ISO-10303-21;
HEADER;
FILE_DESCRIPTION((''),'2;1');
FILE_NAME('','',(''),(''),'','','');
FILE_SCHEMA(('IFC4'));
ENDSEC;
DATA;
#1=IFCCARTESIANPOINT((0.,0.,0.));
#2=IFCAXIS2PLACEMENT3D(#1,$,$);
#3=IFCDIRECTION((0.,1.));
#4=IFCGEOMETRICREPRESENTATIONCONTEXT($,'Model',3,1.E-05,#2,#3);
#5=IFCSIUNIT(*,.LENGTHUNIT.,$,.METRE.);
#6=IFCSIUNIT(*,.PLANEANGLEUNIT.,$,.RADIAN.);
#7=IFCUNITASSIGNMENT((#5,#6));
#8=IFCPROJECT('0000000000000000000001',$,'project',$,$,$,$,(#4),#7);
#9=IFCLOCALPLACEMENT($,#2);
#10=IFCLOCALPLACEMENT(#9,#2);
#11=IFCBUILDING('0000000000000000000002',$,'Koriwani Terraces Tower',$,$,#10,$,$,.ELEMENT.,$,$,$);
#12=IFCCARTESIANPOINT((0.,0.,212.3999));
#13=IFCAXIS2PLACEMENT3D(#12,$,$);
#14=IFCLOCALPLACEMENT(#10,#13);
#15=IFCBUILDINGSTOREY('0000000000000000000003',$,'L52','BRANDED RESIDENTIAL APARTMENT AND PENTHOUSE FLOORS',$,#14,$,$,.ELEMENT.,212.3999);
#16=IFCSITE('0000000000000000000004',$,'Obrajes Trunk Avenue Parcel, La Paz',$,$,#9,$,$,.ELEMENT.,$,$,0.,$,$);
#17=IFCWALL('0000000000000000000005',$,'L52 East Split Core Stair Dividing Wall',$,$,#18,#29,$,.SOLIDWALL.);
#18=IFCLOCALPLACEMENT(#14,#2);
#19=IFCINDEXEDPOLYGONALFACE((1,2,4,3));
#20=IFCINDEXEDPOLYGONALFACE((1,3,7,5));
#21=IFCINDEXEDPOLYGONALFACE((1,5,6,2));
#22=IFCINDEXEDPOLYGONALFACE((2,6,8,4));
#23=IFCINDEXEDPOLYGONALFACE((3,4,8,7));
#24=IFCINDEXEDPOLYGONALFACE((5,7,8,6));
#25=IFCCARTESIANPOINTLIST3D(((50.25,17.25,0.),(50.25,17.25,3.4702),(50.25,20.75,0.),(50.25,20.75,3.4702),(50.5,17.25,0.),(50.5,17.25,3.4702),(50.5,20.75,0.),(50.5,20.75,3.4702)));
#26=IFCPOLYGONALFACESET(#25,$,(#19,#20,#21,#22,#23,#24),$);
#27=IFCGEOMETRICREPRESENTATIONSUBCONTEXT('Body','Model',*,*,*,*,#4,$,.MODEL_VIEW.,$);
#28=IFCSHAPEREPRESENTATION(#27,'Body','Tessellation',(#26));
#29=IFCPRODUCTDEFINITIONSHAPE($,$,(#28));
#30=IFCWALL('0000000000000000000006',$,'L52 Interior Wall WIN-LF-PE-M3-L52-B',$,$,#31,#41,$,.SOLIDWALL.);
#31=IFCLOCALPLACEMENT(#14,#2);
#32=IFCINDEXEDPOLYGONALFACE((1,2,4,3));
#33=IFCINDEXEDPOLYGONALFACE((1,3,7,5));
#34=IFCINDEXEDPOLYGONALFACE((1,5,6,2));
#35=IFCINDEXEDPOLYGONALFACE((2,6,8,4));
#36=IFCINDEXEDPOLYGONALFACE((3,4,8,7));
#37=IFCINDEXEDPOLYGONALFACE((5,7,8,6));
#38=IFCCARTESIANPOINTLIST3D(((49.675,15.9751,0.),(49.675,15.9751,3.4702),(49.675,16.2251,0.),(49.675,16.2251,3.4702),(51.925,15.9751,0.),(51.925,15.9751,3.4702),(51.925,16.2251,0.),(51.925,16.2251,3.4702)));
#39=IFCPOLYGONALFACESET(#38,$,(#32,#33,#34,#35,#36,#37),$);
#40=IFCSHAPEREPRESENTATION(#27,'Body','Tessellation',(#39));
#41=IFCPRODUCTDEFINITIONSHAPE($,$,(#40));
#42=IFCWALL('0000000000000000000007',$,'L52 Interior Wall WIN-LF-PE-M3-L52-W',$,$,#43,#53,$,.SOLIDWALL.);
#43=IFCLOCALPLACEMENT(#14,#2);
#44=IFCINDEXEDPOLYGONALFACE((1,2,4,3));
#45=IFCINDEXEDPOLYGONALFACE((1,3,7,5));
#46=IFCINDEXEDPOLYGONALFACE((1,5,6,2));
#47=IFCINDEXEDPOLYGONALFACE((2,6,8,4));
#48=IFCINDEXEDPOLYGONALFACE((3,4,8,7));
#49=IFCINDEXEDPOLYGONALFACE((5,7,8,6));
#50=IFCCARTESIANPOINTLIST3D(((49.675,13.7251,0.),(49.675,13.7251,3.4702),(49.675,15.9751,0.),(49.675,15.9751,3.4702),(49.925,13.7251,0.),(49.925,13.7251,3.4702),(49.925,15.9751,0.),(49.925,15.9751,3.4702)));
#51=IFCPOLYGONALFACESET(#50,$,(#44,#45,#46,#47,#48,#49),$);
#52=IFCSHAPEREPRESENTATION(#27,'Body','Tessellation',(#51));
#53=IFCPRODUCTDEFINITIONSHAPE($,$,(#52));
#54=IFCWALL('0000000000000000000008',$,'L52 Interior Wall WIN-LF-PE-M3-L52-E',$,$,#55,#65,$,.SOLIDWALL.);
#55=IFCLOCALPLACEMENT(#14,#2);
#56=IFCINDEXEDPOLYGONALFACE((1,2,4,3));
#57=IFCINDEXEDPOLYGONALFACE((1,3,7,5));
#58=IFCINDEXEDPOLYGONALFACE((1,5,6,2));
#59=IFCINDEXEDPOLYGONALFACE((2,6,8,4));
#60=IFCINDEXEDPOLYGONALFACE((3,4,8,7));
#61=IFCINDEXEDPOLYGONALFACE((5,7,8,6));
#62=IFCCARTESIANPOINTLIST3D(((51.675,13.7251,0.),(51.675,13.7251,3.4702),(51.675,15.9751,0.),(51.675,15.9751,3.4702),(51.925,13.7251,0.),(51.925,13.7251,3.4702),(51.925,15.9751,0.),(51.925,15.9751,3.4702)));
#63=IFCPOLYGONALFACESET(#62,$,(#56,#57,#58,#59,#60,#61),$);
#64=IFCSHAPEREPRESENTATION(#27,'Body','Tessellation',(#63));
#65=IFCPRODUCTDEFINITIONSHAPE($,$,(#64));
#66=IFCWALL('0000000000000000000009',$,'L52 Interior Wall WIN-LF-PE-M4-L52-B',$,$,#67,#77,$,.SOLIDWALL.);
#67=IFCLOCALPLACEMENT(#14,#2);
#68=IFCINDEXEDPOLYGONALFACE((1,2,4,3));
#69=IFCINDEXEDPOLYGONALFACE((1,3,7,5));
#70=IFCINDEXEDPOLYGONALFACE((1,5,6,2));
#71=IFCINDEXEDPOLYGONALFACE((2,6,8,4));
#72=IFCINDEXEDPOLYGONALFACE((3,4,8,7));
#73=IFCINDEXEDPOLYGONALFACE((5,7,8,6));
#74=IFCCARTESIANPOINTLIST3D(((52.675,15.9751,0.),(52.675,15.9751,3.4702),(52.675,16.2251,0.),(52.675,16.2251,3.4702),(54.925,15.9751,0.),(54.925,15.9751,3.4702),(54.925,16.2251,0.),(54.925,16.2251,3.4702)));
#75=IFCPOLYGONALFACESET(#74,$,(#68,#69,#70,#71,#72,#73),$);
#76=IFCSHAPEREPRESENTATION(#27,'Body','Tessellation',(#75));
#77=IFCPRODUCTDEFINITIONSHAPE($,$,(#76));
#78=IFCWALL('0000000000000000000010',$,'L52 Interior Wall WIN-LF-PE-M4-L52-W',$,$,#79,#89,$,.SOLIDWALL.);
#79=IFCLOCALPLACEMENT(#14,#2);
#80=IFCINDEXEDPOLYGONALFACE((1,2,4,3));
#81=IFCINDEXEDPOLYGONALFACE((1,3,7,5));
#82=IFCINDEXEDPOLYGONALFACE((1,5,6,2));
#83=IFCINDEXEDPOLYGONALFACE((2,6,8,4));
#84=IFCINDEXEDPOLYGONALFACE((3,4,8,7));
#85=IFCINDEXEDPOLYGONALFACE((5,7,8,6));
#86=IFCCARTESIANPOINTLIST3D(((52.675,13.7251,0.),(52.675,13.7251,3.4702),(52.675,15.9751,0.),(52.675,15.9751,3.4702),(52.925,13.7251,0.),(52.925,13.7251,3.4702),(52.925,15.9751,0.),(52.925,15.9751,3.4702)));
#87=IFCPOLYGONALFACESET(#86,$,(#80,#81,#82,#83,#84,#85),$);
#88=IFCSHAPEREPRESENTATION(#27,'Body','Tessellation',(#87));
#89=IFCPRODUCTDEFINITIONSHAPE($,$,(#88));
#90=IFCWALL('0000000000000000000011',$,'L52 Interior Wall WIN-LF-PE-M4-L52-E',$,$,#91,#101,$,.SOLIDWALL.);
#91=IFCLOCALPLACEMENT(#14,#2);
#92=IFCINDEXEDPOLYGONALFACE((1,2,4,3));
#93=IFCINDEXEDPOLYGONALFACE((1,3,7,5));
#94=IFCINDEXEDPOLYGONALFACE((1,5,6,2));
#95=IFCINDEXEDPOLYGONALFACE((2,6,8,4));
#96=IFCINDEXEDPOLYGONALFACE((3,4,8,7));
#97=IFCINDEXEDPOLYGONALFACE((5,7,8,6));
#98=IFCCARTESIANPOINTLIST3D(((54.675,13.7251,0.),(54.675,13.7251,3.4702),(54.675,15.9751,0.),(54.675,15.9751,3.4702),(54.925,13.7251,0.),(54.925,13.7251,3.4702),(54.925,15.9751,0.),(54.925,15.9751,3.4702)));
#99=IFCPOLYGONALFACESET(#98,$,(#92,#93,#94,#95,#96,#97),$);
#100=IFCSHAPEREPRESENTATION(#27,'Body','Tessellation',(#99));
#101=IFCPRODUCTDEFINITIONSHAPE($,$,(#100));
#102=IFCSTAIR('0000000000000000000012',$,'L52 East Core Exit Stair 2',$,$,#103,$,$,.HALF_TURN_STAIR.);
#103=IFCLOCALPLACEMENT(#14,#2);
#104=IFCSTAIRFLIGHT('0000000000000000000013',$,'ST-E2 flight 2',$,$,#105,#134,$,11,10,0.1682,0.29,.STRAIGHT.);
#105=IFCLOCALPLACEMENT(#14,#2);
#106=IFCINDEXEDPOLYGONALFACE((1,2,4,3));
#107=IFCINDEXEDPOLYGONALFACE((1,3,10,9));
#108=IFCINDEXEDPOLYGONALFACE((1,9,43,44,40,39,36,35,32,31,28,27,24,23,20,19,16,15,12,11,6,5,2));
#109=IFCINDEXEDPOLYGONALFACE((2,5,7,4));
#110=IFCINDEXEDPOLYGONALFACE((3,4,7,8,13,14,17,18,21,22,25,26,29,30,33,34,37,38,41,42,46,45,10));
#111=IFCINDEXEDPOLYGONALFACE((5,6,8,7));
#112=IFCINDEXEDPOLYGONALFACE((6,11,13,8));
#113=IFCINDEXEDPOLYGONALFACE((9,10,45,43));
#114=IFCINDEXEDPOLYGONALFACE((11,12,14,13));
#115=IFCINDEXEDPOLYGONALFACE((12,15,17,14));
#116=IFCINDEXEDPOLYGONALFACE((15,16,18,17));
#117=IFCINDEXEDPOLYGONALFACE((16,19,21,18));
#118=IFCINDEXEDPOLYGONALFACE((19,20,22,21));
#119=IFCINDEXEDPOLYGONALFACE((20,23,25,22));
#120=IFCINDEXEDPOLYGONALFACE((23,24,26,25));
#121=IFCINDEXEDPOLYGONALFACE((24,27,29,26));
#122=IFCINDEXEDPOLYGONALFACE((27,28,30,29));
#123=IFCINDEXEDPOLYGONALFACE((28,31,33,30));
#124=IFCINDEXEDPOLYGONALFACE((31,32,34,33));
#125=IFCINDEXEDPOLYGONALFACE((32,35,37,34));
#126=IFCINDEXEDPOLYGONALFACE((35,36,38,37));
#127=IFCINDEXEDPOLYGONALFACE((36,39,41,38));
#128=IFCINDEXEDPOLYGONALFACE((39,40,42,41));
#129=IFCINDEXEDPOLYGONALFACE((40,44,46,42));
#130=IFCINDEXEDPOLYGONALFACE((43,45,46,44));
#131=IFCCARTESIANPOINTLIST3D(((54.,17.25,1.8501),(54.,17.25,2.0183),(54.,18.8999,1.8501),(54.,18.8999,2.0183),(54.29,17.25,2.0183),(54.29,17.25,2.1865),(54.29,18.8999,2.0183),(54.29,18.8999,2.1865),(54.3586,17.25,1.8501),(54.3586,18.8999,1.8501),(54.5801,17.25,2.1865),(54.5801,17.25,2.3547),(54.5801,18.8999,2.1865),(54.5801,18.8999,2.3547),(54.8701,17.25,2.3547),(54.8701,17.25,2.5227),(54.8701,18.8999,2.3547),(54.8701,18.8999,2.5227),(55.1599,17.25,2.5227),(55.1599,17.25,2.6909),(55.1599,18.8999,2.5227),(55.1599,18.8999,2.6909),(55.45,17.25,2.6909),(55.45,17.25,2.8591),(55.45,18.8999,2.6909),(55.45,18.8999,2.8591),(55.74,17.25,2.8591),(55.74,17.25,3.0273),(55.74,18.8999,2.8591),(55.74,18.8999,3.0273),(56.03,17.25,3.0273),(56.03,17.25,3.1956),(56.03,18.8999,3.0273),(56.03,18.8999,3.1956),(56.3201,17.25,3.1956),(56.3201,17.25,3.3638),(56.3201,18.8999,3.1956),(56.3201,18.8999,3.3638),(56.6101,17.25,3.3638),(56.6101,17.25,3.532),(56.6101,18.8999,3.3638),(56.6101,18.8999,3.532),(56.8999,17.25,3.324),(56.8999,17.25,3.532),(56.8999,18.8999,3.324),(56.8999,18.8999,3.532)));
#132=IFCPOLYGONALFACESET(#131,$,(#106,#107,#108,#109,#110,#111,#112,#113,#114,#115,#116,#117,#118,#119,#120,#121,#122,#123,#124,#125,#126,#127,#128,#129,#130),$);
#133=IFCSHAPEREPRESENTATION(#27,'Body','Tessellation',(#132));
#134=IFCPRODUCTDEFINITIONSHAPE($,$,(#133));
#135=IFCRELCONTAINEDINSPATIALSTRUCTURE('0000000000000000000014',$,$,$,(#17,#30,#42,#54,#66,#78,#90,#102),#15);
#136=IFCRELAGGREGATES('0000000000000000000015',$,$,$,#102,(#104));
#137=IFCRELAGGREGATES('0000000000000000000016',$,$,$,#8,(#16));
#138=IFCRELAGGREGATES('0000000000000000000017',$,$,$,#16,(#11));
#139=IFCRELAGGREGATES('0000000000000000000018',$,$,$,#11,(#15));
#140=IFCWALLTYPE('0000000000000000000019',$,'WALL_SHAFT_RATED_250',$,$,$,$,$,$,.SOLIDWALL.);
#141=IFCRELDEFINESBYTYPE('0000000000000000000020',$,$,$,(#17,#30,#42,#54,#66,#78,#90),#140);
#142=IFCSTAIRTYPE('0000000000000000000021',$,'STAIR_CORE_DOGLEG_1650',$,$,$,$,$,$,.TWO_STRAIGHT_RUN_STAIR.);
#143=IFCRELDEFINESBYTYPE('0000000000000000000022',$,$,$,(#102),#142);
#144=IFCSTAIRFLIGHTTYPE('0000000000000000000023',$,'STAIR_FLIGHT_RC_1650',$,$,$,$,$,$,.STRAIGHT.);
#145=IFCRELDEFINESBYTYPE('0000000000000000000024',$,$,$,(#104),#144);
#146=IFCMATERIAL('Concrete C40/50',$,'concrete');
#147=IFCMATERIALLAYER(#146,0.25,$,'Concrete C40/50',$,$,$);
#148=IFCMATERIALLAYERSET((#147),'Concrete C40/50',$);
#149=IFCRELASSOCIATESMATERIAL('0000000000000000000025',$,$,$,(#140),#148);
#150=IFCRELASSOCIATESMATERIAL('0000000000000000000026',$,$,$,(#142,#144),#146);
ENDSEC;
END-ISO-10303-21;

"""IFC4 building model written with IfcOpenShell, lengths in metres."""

from ifc_helpers import new_model, si_unit, direction, frame, frame_2d, origin, place, context, subcontext, project, spatial, polyline, rectangle, outline, extrude, material, layer, layer_set, type_object, element, aggregate, save


model = new_model("IFC4")

# Units and contexts
model_context = context("Model", 3, precision=1e-05, world=origin(), true_north=direction((0.0, 1.0)))
body_context = subcontext(model_context, "Body", "Model", "MODEL_VIEW")
ifc_project = project(units=[si_unit("LENGTHUNIT", "METRE"), si_unit("PLANEANGLEUNIT", "RADIAN")], contexts=[model_context])

# Site, building, storey
site_placement = place(None, origin())
site = spatial("IfcSite", under=ifc_project, at=site_placement, Name="Obrajes Trunk Avenue Parcel, La Paz", CompositionType="ELEMENT", RefElevation=0.0)
building_placement = place(site_placement, origin())
building = spatial("IfcBuilding", under=site, at=building_placement, Name="Koriwani Terraces Tower", CompositionType="ELEMENT")
storey_placement = place(building_placement, frame((0.0, 0.0, 212.3999)))
storey = spatial("IfcBuildingStorey", under=building, at=storey_placement, Name="L52", Description="BRANDED RESIDENTIAL APARTMENT AND PENTHOUSE FLOORS", CompositionType="ELEMENT", Elevation=212.3999)

# Shared definitions
ifc_material_1 = material(Name="Concrete C40/50", Category="concrete")

# Wall
ifc_layer_1 = layer(ifc_material_1, 0.25, Name="Concrete C40/50")
ifc_layer_set_1 = layer_set([ifc_layer_1], Name="Concrete C40/50")
wall_type_1 = type_object("IfcWallType", Name="WALL_SHAFT_RATED_250", PredefinedType="SOLIDWALL", material=ifc_layer_set_1)
wall_1_placement = place(storey_placement, frame((50.375, 17.25, 0.0), z_axis=(0.0, 0.0, 1.0), x_axis=(0.0, 1.0, 0.0)))
element("IfcWall", 1, at=wall_1_placement, inside=storey, type_object=wall_type_1, Name="L52 East Split Core Stair Dividing Wall", PredefinedType="SOLIDWALL", context=body_context, shape_type="SweptSolid", body=[
    extrude(rectangle(XDim=3.5, YDim=0.25, at=frame_2d((1.75, 0.0))), origin(), (0.0, 0.0, 1.0), 3.4702),
])

# Walls
for number, where, z_axis, x_axis, name in (
    (2, (49.675, 16.1001, 0.0), (0.0, 0.0, 1.0), (1.0, 0.0, 0.0), "L52 Interior Wall WIN-LF-PE-M3-L52-B"),
    (3, (49.8, 13.7251, 0.0), (0.0, 0.0, 1.0), (0.0, 1.0, 0.0), "L52 Interior Wall WIN-LF-PE-M3-L52-W"),
    (4, (51.8, 13.7251, 0.0), (0.0, 0.0, 1.0), (0.0, 1.0, 0.0), "L52 Interior Wall WIN-LF-PE-M3-L52-E"),
):
    element("IfcWall", number, at=place(storey_placement, frame(where, z_axis=z_axis, x_axis=x_axis)), inside=storey, type_object=wall_type_1, Name=name, PredefinedType="SOLIDWALL", context=body_context, shape_type="SweptSolid", body=[
        extrude(rectangle(XDim=2.25, YDim=0.25, at=frame_2d((1.125, 0.0))), origin(), (0.0, 0.0, 1.0), 3.4702),
    ])

# Walls
for number, where, z_axis, x_axis, name in (
    (5, (52.675, 16.1001, 0.0), (0.0, 0.0, 1.0), (1.0, 0.0, 0.0), "L52 Interior Wall WIN-LF-PE-M4-L52-B"),
    (6, (52.8, 13.7251, 0.0), (0.0, 0.0, 1.0), (0.0, 1.0, 0.0), "L52 Interior Wall WIN-LF-PE-M4-L52-W"),
    (7, (54.8, 13.7251, 0.0), (0.0, 0.0, 1.0), (0.0, 1.0, 0.0), "L52 Interior Wall WIN-LF-PE-M4-L52-E"),
):
    element("IfcWall", number, at=place(storey_placement, frame(where, z_axis=z_axis, x_axis=x_axis)), inside=storey, type_object=wall_type_1, Name=name, PredefinedType="SOLIDWALL", context=body_context, shape_type="SweptSolid", body=[
        extrude(rectangle(XDim=2.25, YDim=0.25, at=frame_2d((1.125, 0.0))), origin(), (0.0, 0.0, 1.0), 3.4702),
    ])

# Stair, stair flight
stair_type = type_object("IfcStairType", Name="STAIR_CORE_DOGLEG_1650", PredefinedType="TWO_STRAIGHT_RUN_STAIR", material=ifc_material_1)
stair_placement = place(storey_placement, origin())
stair = element("IfcStair", 8, at=stair_placement, inside=storey, type_object=stair_type, Name="L52 East Core Exit Stair 2", PredefinedType="HALF_TURN_STAIR")
stair_flight_type = type_object("IfcStairFlightType", Name="STAIR_FLIGHT_RC_1650", PredefinedType="STRAIGHT", material=ifc_material_1)
stair_flight_placement = place(storey_placement, frame((54.0, 18.075, 1.8501), z_axis=(0.0, 0.0, 1.0), x_axis=(1.0, 0.0, 0.0)))
stair_flight = element("IfcStairFlight", 9, at=stair_flight_placement, type_object=stair_flight_type, Name="ST-E2 flight 2", NumberOfRisers=11, NumberOfTreads=10, PredefinedType="STRAIGHT", RiserHeight=0.1682, TreadLength=0.29, context=body_context, shape_type="SweptSolid", body=[
    extrude(outline(polyline([(0.0, 0.0), (0.0, 0.1682), (0.29, 0.1682), (0.29, 0.3364), (0.5801, 0.3364), (0.5801, 0.5046), (0.8701, 0.5046), (0.8701, 0.6726), (1.1599, 0.6726), (1.1599, 0.8408), (1.45, 0.8408), (1.45, 1.009), (1.74, 1.009), (1.74, 1.1772), (2.03, 1.1772), (2.03, 1.3455), (2.3201, 1.3455), (2.3201, 1.5137), (2.6101, 1.5137), (2.6101, 1.6819), (2.8999, 1.6819), (2.8999, 1.8501), (2.8999, 1.4739), (0.3586, 0.0), (0.0, 0.0)])), frame((0.0, 0.825, 0.0), z_axis=(0.0, -1.0, 0.0), x_axis=(1.0, 0.0, 0.0)), (0.0, 0.0, 1.0), 1.6499),
])
aggregate(stair, [stair_flight])

save(model, "model.ifc")
